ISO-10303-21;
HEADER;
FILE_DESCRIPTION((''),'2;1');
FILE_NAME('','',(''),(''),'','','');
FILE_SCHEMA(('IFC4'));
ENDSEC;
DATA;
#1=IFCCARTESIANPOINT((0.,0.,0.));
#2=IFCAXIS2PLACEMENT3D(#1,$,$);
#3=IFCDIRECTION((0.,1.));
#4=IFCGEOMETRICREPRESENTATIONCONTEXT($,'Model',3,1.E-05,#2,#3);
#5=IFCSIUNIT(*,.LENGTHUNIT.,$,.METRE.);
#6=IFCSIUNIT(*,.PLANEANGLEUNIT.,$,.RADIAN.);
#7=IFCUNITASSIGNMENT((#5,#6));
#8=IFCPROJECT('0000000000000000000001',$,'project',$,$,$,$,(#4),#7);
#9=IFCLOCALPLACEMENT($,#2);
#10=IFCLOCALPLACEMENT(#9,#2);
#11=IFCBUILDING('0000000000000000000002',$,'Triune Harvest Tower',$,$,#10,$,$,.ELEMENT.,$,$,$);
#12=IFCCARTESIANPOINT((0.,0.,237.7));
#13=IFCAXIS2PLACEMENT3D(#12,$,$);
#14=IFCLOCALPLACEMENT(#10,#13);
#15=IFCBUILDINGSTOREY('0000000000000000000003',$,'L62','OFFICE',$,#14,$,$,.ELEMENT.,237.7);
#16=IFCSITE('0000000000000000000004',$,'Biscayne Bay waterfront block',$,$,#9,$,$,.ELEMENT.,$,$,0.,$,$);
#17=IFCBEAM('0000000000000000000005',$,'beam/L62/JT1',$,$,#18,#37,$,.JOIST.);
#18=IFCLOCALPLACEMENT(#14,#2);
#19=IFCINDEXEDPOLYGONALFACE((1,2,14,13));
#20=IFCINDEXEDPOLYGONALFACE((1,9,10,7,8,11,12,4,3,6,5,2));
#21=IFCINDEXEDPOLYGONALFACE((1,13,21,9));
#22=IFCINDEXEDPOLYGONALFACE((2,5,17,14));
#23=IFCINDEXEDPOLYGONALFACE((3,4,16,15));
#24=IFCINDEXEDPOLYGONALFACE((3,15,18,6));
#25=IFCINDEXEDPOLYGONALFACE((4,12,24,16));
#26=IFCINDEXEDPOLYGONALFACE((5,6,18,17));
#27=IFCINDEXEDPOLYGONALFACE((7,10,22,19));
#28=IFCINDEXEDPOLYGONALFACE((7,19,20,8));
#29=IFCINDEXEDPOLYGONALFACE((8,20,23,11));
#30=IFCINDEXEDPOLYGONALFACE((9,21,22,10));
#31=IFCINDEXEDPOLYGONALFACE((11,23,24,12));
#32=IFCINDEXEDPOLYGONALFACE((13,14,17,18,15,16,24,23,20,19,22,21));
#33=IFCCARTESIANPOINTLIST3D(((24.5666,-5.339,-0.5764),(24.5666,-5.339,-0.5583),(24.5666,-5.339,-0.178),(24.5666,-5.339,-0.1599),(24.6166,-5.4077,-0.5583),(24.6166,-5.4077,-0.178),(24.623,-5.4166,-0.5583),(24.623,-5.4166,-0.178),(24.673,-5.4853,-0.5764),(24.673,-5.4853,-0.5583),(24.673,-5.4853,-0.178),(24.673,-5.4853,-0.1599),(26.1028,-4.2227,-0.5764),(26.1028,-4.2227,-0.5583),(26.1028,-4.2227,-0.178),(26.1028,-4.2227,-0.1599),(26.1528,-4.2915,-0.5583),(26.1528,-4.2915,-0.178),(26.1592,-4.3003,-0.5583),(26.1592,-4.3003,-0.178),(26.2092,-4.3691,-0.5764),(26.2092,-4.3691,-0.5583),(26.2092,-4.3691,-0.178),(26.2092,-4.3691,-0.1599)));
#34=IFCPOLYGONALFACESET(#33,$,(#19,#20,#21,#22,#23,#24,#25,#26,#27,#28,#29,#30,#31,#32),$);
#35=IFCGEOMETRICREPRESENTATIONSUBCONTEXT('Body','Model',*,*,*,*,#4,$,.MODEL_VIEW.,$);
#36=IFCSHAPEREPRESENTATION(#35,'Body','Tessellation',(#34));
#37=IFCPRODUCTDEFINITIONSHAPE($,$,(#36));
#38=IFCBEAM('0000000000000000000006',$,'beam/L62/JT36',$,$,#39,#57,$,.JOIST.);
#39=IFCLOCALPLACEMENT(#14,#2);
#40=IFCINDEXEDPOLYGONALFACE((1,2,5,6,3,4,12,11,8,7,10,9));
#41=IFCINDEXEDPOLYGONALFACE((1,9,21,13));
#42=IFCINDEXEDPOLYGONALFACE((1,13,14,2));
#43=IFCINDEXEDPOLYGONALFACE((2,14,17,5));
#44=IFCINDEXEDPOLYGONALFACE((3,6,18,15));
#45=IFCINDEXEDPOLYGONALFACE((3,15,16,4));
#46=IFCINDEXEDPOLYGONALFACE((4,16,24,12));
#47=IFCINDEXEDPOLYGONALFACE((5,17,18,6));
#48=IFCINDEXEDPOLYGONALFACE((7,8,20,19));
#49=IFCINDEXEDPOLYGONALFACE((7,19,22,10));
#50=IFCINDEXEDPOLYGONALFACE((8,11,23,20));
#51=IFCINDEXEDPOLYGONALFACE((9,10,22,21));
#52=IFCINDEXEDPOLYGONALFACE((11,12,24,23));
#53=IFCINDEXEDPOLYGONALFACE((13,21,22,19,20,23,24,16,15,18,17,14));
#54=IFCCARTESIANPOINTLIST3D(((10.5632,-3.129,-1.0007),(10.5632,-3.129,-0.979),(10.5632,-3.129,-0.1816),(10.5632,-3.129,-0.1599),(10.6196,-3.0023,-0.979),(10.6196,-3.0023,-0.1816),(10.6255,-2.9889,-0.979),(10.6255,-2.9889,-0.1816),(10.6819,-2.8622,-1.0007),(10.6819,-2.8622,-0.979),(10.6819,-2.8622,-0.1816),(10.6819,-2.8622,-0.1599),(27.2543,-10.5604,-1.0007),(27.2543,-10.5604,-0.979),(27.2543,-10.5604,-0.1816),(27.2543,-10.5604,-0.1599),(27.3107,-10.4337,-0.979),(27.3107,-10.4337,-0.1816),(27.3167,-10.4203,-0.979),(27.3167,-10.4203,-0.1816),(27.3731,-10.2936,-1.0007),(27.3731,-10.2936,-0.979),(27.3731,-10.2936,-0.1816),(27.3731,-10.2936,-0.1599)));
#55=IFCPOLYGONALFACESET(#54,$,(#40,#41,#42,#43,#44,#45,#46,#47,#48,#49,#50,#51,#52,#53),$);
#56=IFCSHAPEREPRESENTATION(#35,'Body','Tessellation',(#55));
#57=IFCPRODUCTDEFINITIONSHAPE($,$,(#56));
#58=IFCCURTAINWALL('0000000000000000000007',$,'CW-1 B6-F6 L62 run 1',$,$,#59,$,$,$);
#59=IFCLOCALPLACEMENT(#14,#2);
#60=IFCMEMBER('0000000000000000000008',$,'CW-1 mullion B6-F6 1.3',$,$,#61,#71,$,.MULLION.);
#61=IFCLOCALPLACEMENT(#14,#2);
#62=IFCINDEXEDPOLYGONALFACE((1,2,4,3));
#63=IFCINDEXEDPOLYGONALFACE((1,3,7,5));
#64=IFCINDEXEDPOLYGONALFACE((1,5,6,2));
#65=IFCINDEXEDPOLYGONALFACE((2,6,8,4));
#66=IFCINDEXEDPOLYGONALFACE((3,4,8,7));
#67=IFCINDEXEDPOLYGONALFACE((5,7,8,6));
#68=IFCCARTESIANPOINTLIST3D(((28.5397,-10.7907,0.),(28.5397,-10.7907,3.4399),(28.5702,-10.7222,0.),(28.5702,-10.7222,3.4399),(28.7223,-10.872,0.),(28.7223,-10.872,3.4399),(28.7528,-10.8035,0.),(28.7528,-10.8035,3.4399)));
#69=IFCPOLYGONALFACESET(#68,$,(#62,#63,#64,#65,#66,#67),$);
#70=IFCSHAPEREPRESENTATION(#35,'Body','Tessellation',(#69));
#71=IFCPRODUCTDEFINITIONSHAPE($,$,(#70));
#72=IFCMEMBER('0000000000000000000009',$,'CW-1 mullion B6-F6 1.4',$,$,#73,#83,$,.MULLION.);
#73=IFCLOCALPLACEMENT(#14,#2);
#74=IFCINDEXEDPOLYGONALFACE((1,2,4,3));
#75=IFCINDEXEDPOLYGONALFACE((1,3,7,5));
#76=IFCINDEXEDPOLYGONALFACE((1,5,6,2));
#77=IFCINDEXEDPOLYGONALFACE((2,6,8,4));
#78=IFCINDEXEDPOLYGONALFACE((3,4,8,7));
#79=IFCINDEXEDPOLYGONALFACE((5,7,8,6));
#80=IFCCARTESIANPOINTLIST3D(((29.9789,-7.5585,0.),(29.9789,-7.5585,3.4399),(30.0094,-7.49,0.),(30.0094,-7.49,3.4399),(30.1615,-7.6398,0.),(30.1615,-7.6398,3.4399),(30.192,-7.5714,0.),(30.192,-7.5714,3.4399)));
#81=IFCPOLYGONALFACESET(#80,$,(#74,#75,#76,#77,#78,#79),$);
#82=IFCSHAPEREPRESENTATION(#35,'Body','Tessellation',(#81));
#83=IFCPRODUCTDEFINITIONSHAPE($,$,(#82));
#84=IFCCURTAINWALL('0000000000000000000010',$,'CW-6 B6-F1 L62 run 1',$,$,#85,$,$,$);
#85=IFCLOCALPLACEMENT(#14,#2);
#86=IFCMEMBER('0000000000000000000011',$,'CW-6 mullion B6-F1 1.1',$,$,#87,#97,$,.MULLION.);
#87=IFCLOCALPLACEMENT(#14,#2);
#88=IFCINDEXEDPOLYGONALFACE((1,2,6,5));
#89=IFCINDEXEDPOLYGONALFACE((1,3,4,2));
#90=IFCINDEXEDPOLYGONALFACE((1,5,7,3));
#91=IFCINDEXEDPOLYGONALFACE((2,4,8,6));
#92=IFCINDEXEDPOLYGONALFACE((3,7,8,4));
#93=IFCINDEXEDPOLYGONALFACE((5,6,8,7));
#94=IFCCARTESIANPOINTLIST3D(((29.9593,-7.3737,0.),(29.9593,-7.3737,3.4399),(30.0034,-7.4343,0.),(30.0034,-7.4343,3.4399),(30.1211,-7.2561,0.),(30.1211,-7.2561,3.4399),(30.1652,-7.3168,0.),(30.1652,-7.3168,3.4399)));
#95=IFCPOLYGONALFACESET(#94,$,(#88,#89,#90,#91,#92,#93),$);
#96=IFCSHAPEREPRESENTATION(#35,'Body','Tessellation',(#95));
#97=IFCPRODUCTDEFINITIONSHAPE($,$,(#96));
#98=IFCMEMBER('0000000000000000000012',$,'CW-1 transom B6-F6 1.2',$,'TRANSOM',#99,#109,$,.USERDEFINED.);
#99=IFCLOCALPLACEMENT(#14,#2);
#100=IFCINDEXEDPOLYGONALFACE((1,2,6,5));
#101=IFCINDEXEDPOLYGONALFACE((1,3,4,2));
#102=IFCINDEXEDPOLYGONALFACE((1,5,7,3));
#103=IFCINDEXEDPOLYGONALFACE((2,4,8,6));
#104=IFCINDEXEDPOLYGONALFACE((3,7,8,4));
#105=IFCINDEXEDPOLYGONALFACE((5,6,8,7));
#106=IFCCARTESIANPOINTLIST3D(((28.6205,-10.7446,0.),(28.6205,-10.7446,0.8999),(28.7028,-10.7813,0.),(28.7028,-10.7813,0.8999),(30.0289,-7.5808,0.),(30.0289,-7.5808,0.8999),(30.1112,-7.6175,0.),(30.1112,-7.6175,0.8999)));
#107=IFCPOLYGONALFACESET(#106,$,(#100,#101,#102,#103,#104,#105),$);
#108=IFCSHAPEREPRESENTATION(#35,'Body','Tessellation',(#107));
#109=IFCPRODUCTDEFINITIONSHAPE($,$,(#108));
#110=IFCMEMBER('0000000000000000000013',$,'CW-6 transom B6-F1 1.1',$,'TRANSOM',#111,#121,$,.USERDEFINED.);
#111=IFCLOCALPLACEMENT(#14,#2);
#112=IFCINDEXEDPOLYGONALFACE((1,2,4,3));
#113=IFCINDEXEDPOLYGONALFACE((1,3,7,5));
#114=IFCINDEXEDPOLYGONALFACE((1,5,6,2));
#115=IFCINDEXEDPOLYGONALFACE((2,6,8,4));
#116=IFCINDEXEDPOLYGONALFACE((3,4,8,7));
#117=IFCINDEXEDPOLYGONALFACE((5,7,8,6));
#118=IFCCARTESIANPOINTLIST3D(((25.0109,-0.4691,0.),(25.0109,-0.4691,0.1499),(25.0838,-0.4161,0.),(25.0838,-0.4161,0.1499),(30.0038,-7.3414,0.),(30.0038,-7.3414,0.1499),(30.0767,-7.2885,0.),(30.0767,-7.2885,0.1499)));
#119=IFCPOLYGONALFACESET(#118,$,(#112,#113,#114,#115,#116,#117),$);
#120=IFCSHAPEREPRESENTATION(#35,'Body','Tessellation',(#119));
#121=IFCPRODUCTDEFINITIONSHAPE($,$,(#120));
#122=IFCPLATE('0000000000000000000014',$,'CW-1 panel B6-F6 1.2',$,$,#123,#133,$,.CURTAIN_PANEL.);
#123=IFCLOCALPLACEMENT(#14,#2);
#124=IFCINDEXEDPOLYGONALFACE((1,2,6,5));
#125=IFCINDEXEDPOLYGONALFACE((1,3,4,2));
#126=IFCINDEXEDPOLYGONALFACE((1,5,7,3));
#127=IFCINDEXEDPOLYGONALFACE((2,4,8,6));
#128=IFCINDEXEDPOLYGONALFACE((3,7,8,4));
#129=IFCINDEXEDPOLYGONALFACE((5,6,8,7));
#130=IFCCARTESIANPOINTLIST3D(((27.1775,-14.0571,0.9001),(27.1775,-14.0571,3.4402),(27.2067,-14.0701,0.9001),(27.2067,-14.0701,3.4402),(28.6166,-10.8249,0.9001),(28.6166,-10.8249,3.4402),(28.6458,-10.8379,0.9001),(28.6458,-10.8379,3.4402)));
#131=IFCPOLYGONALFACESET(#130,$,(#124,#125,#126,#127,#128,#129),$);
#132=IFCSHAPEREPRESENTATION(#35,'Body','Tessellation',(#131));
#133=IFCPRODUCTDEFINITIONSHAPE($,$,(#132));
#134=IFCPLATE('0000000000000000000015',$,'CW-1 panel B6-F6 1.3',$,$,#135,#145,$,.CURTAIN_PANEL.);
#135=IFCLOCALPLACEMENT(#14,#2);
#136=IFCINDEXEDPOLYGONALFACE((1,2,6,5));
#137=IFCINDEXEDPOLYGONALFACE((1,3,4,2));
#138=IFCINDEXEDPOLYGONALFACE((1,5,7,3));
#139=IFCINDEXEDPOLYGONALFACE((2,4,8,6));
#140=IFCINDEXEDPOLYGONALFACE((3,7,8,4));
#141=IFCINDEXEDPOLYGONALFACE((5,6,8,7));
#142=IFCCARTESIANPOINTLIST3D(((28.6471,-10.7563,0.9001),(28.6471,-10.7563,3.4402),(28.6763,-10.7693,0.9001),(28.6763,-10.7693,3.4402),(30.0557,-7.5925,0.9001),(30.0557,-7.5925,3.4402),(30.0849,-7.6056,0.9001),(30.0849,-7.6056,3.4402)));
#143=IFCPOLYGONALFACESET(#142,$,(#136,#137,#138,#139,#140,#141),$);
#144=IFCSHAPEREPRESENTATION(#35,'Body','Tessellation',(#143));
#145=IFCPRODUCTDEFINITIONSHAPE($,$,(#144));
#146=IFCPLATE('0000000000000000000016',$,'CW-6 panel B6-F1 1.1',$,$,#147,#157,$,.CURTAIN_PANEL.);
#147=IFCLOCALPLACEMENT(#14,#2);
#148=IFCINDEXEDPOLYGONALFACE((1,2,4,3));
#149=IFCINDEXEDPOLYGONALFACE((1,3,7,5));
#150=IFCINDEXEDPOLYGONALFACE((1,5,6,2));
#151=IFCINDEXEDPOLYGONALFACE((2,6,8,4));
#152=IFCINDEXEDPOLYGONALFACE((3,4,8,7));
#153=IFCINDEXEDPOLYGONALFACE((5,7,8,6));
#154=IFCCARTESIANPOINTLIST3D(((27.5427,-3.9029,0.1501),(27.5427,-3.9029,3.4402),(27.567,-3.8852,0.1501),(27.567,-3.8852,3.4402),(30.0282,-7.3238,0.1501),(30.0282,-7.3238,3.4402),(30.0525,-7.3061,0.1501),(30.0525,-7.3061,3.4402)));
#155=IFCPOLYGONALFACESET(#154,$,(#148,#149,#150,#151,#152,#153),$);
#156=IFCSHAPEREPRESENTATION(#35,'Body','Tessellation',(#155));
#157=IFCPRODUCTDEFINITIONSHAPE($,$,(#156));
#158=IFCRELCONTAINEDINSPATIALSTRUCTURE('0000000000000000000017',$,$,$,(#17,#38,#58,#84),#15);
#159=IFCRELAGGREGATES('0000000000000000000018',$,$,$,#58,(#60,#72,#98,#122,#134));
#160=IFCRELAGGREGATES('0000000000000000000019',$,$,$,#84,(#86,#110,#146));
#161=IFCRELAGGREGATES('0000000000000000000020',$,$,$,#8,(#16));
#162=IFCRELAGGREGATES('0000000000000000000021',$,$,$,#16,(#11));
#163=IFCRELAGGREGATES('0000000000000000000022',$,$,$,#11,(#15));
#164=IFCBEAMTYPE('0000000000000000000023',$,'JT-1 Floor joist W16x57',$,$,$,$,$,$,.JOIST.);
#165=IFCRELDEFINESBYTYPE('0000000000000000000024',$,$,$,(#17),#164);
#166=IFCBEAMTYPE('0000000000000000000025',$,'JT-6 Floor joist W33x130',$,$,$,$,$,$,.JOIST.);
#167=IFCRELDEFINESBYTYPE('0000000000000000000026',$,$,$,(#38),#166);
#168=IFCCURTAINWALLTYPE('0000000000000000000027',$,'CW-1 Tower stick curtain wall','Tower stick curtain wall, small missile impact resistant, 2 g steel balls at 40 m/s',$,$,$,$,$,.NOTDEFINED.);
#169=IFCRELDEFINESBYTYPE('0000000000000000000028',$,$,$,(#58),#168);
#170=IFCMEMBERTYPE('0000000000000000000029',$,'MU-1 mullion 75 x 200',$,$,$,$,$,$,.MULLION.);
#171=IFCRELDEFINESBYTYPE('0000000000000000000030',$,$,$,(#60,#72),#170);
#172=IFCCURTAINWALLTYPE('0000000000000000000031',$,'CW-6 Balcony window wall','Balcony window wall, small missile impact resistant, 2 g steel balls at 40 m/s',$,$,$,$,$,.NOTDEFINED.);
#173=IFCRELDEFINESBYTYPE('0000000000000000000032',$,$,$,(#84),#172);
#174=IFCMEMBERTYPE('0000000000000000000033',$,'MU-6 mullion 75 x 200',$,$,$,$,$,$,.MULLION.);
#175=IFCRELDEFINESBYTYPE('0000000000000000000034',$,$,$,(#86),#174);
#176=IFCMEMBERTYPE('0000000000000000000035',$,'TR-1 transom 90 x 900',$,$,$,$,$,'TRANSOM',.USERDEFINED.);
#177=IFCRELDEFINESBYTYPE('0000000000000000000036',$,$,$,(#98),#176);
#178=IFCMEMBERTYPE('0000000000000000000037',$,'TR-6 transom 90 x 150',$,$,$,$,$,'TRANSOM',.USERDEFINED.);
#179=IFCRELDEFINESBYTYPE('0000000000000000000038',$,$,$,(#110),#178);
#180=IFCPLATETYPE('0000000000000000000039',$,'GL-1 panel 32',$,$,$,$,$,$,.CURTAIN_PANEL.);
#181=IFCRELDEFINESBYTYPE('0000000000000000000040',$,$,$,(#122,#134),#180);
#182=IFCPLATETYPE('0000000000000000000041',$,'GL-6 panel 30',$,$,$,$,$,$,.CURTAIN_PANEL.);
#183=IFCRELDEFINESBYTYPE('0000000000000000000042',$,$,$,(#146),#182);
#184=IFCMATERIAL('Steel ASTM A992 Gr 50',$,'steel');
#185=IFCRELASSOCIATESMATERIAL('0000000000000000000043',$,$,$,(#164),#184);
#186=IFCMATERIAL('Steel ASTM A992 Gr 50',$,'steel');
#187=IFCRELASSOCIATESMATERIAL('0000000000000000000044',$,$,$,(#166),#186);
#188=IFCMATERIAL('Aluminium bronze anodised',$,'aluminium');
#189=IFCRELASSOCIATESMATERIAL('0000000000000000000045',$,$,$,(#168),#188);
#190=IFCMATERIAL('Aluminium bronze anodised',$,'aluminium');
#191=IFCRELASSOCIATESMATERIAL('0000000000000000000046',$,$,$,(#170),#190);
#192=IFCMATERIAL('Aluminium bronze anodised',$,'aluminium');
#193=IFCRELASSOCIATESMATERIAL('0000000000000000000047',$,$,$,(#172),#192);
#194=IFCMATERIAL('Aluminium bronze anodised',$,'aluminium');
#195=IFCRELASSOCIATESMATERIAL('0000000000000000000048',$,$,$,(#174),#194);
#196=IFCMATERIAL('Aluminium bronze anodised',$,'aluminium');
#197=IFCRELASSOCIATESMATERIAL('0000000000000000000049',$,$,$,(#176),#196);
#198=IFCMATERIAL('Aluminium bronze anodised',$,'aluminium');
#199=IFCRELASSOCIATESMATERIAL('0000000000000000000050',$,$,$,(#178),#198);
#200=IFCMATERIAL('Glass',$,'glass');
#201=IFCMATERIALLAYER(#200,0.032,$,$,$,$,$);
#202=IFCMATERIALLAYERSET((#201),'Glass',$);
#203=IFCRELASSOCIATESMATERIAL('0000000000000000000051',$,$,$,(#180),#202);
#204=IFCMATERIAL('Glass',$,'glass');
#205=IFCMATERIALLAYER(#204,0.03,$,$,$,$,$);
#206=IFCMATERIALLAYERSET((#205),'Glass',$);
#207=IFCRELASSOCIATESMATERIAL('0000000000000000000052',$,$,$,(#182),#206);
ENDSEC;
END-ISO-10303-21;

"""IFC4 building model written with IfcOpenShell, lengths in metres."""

from ifc_helpers import new_model, si_unit, direction, frame, origin, origin_2d, place, context, subcontext, project, spatial, rectangle, i_section, extrude, source, transform, mapped, material, layer, layer_set, material_profile, profile_set, type_object, element, aggregate, save


model = new_model("IFC4")

# Units and contexts
model_context = context("Model", 3, precision=1e-05, world=origin(), true_north=direction((0.0, 1.0)))
body_context = subcontext(model_context, "Body", "Model", "MODEL_VIEW")
ifc_project = project(units=[si_unit("LENGTHUNIT", "METRE"), si_unit("PLANEANGLEUNIT", "RADIAN")], contexts=[model_context])

# Site, building, storey
site_placement = place(None, origin())
site = spatial("IfcSite", under=ifc_project, at=site_placement, Name="Biscayne Bay waterfront block", CompositionType="ELEMENT", RefElevation=0.0)
building_placement = place(site_placement, origin())
building = spatial("IfcBuilding", under=site, at=building_placement, Name="Triune Harvest Tower", CompositionType="ELEMENT")
storey_placement = place(building_placement, frame((0.0, 0.0, 237.7)))
storey = spatial("IfcBuildingStorey", under=building, at=storey_placement, Name="L62", Description="OFFICE", CompositionType="ELEMENT", Elevation=237.7)

# Beams
ifc_material_1 = material(Name="Steel ASTM A992 Gr 50", Category="steel")
ifc_material_profile_1 = material_profile(ifc_material_1, i_section(OverallWidth=0.1809, OverallDepth=0.4165, WebThickness=0.011, FlangeThickness=0.0181, at=origin_2d()), Name="W16x57")
ifc_profile_set_1 = profile_set([ifc_material_profile_1], Name="Steel ASTM A992 Gr 50")
beam_type_1 = type_object("IfcBeamType", Name="JT-1 Floor joist W16x57", PredefinedType="JOIST", material=ifc_profile_set_1)
shared_shape_1 = source(origin(), body_context, "Body", "SweptSolid", [
    extrude(i_section(OverallWidth=0.1809, OverallDepth=0.4165, WebThickness=0.011, FlangeThickness=0.0181, at=origin_2d()), origin(), (0.0, 0.0, 1.0), 1.8989),
])
beam_1_placement = place(storey_placement, frame((26.156, -4.2959, -0.3682), z_axis=(-0.808981, -0.587835, 0.0), x_axis=(0.587835, -0.808981, 0.0)))
element("IfcBeam", 1, at=beam_1_placement, inside=storey, type_object=beam_type_1, Name="beam/L62/JT1", PredefinedType="JOIST", context=body_context, shape_type="MappedRepresentation", body=[
    mapped(shared_shape_1, transform((0.0, 0.0, 0.0), scale=1.0)),
])
ifc_material_2 = material(Name="Steel ASTM A992 Gr 50", Category="steel")
ifc_material_profile_2 = material_profile(ifc_material_2, i_section(OverallWidth=0.292, OverallDepth=0.8408, WebThickness=0.0146, FlangeThickness=0.0217, at=origin_2d()), Name="W33x130")
ifc_profile_set_2 = profile_set([ifc_material_profile_2], Name="Steel ASTM A992 Gr 50")
beam_type_2 = type_object("IfcBeamType", Name="JT-6 Floor joist W33x130", PredefinedType="JOIST", material=ifc_profile_set_2)
shared_shape_2 = source(origin(), body_context, "Body", "SweptSolid", [
    extrude(i_section(OverallWidth=0.292, OverallDepth=0.8408, WebThickness=0.0146, FlangeThickness=0.0217, at=origin_2d()), origin(), (0.0, 0.0, 1.0), 18.2708),
])
beam_2_placement = place(storey_placement, frame((27.3137, -10.427, -0.5803), z_axis=(-0.913545, 0.406737, 0.0), x_axis=(-0.406737, -0.913545, 0.0)))
element("IfcBeam", 2, at=beam_2_placement, inside=storey, type_object=beam_type_2, Name="beam/L62/JT36", PredefinedType="JOIST", context=body_context, shape_type="MappedRepresentation", body=[
    mapped(shared_shape_2, transform((0.0, 0.0, 0.0), scale=1.0)),
])

# Curtain wall, members
ifc_material_3 = material(Name="Aluminium bronze anodised", Category="aluminium")
curtain_wall_type_1 = type_object("IfcCurtainWallType", Name="CW-1 Tower stick curtain wall", Description="Tower stick curtain wall, small missile impact resistant, 2 g steel balls at 40 m/s", PredefinedType="NOTDEFINED", material=ifc_material_3)
curtain_wall_1_placement = place(storey_placement, origin())
curtain_wall_1 = element("IfcCurtainWall", 3, at=curtain_wall_1_placement, inside=storey, type_object=curtain_wall_type_1, Name="CW-1 B6-F6 L62 run 1")
ifc_material_4 = material(Name="Aluminium bronze anodised", Category="aluminium")
ifc_material_profile_3 = material_profile(ifc_material_4, rectangle(XDim=0.2, YDim=0.075, at=origin_2d()), Name="MU-1 mullion 75 x 200")
ifc_profile_set_3 = profile_set([ifc_material_profile_3], Name="Aluminium bronze anodised")
member_type_1 = type_object("IfcMemberType", Name="MU-1 mullion 75 x 200", PredefinedType="MULLION", material=ifc_profile_set_3)
shared_shape_3 = source(origin(), body_context, "Body", "SweptSolid", [
    extrude(rectangle(XDim=0.2, YDim=0.075, at=origin_2d()), origin(), (0.0, 0.0, 1.0), 3.4399),
])
member_1_placement = place(storey_placement, frame((28.6462, -10.7971, 0.0), z_axis=(0.0, 0.0, 1.0), x_axis=(-0.913543, 0.406743, 0.0)))
member_1 = element("IfcMember", 4, at=member_1_placement, type_object=member_type_1, Name="CW-1 mullion B6-F6 1.3", PredefinedType="MULLION", context=body_context, shape_type="MappedRepresentation", body=[
    mapped(shared_shape_3, transform((0.0, 0.0, 0.0), scale=1.0)),
])
member_2_placement = place(storey_placement, frame((30.0854, -7.5649, 0.0), z_axis=(0.0, 0.0, 1.0), x_axis=(-0.913543, 0.406743, 0.0)))
member_2 = element("IfcMember", 5, at=member_2_placement, type_object=member_type_1, Name="CW-1 mullion B6-F6 1.4", PredefinedType="MULLION", context=body_context, shape_type="MappedRepresentation", body=[
    mapped(shared_shape_3, transform((0.0, 0.0, 0.0), scale=1.0)),
])

# Curtain wall, member
ifc_material_5 = material(Name="Aluminium bronze anodised", Category="aluminium")
curtain_wall_type_2 = type_object("IfcCurtainWallType", Name="CW-6 Balcony window wall", Description="Balcony window wall, small missile impact resistant, 2 g steel balls at 40 m/s", PredefinedType="NOTDEFINED", material=ifc_material_5)
curtain_wall_2_placement = place(storey_placement, origin())
curtain_wall_2 = element("IfcCurtainWall", 6, at=curtain_wall_2_placement, inside=storey, type_object=curtain_wall_type_2, Name="CW-6 B6-F1 L62 run 1")
ifc_material_6 = material(Name="Aluminium bronze anodised", Category="aluminium")
ifc_material_profile_4 = material_profile(ifc_material_6, rectangle(XDim=0.2, YDim=0.075, at=origin_2d()), Name="MU-6 mullion 75 x 200")
ifc_profile_set_4 = profile_set([ifc_material_profile_4], Name="Aluminium bronze anodised")
member_type_2 = type_object("IfcMemberType", Name="MU-6 mullion 75 x 200", PredefinedType="MULLION", material=ifc_profile_set_4)
shared_shape_4 = source(origin(), body_context, "Body", "SweptSolid", [
    extrude(rectangle(XDim=0.2, YDim=0.075, at=origin_2d()), origin(), (0.0, 0.0, 1.0), 3.4399),
])
member_3_placement = place(storey_placement, frame((30.0623, -7.3452, 0.0), z_axis=(0.0, 0.0, 1.0), x_axis=(-0.809015, -0.587787, 0.0)))
member_3 = element("IfcMember", 7, at=member_3_placement, type_object=member_type_2, Name="CW-6 mullion B6-F1 1.1", PredefinedType="MULLION", context=body_context, shape_type="MappedRepresentation", body=[
    mapped(shared_shape_4, transform((0.0, 0.0, 0.0), scale=1.0)),
])

# Members
ifc_material_7 = material(Name="Aluminium bronze anodised", Category="aluminium")
ifc_material_profile_5 = material_profile(ifc_material_7, rectangle(XDim=0.0901, YDim=0.8999, at=origin_2d()), Name="TR-1 transom 90 x 900")
ifc_profile_set_5 = profile_set([ifc_material_profile_5], Name="Aluminium bronze anodised")
member_type_3 = type_object("IfcMemberType", Name="TR-1 transom 90 x 900", ElementType="TRANSOM", PredefinedType="USERDEFINED", material=ifc_profile_set_5)
shared_shape_5 = source(origin(), body_context, "Body", "SweptSolid", [
    extrude(rectangle(XDim=0.0901, YDim=0.8999, at=origin_2d()), origin(), (0.0, 0.0, 1.0), 3.4631),
])
member_4_placement = place(storey_placement, frame((28.6616, -10.7629, 0.45), z_axis=(0.406694, 0.913564, 0.0), x_axis=(-0.913564, 0.406694, 0.0)))
member_4 = element("IfcMember", 8, at=member_4_placement, type_object=member_type_3, Name="CW-1 transom B6-F6 1.2", ObjectType="TRANSOM", PredefinedType="USERDEFINED", context=body_context, shape_type="MappedRepresentation", body=[
    mapped(shared_shape_5, transform((0.0, 0.0, 0.0), scale=1.0)),
])
ifc_material_8 = material(Name="Aluminium bronze anodised", Category="aluminium")
ifc_material_profile_6 = material_profile(ifc_material_8, rectangle(XDim=0.0901, YDim=0.1499, at=origin_2d()), Name="TR-6 transom 90 x 150")
ifc_profile_set_6 = profile_set([ifc_material_profile_6], Name="Aluminium bronze anodised")
member_type_4 = type_object("IfcMemberType", Name="TR-6 transom 90 x 150", ElementType="TRANSOM", PredefinedType="USERDEFINED", material=ifc_profile_set_6)
shared_shape_6 = source(origin(), body_context, "Body", "SweptSolid", [
    extrude(rectangle(XDim=0.0901, YDim=0.1499, at=origin_2d()), origin(), (0.0, 0.0, 1.0), 8.4946),
])
member_5_placement = place(storey_placement, frame((30.0403, -7.3149, 0.075), z_axis=(-0.587777, 0.809023, 0.0), x_axis=(-0.809023, -0.587777, 0.0)))
member_5 = element("IfcMember", 9, at=member_5_placement, type_object=member_type_4, Name="CW-6 transom B6-F1 1.1", ObjectType="TRANSOM", PredefinedType="USERDEFINED", context=body_context, shape_type="MappedRepresentation", body=[
    mapped(shared_shape_6, transform((0.0, 0.0, 0.0), scale=1.0)),
])

# Plates
ifc_material_9 = material(Name="Glass", Category="glass")
ifc_layer_1 = layer(ifc_material_9, 0.032)
ifc_layer_set_1 = layer_set([ifc_layer_1], Name="Glass")
plate_type_1 = type_object("IfcPlateType", Name="GL-1 panel 32", PredefinedType="CURTAIN_PANEL", material=ifc_layer_set_1)
shared_shape_7 = source(origin(), body_context, "Body", "SweptSolid", [
    extrude(rectangle(XDim=3.5381, YDim=0.032, at=origin_2d()), origin(), (0.0, 0.0, 1.0), 2.54),
])
plate_1_placement = place(storey_placement, frame((27.9116, -12.4475, 0.9001), z_axis=(0.0, 0.0, 1.0), x_axis=(0.406743, 0.913543, 0.0)))
plate_1 = element("IfcPlate", 10, at=plate_1_placement, type_object=plate_type_1, Name="CW-1 panel B6-F6 1.2", PredefinedType="CURTAIN_PANEL", context=body_context, shape_type="MappedRepresentation", body=[
    mapped(shared_shape_7, transform((0.0, 0.0, 0.0), scale=1.0)),
])
shared_shape_8 = source(origin(), body_context, "Body", "SweptSolid", [
    extrude(rectangle(XDim=3.4631, YDim=0.032, at=origin_2d()), origin(), (0.0, 0.0, 1.0), 2.54),
])
plate_2_placement = place(storey_placement, frame((29.366, -9.1809, 0.9001), z_axis=(0.0, 0.0, 1.0), x_axis=(0.406743, 0.913543, 0.0)))
plate_2 = element("IfcPlate", 11, at=plate_2_placement, type_object=plate_type_1, Name="CW-1 panel B6-F6 1.3", PredefinedType="CURTAIN_PANEL", context=body_context, shape_type="MappedRepresentation", body=[
    mapped(shared_shape_8, transform((0.0, 0.0, 0.0), scale=1.0)),
])
aggregate(curtain_wall_1, [member_1, member_2, member_4, plate_1, plate_2])
ifc_material_10 = material(Name="Glass", Category="glass")
ifc_layer_2 = layer(ifc_material_10, 0.03)
ifc_layer_set_2 = layer_set([ifc_layer_2], Name="Glass")
plate_type_2 = type_object("IfcPlateType", Name="GL-6 panel 30", PredefinedType="CURTAIN_PANEL", material=ifc_layer_set_2)
shared_shape_9 = source(origin(), body_context, "Body", "SweptSolid", [
    extrude(rectangle(XDim=4.2285, YDim=0.03, at=origin_2d()), origin(), (0.0, 0.0, 1.0), 3.29),
])
plate_3_placement = place(storey_placement, frame((28.7976, -5.6045, 0.1501), z_axis=(0.0, 0.0, 1.0), x_axis=(-0.587787, 0.809015, 0.0)))
plate_3 = element("IfcPlate", 12, at=plate_3_placement, type_object=plate_type_2, Name="CW-6 panel B6-F1 1.1", PredefinedType="CURTAIN_PANEL", context=body_context, shape_type="MappedRepresentation", body=[
    mapped(shared_shape_9, transform((0.0, 0.0, 0.0), scale=1.0)),
])
aggregate(curtain_wall_2, [member_3, member_5, plate_3])

save(model, "model.ifc")
